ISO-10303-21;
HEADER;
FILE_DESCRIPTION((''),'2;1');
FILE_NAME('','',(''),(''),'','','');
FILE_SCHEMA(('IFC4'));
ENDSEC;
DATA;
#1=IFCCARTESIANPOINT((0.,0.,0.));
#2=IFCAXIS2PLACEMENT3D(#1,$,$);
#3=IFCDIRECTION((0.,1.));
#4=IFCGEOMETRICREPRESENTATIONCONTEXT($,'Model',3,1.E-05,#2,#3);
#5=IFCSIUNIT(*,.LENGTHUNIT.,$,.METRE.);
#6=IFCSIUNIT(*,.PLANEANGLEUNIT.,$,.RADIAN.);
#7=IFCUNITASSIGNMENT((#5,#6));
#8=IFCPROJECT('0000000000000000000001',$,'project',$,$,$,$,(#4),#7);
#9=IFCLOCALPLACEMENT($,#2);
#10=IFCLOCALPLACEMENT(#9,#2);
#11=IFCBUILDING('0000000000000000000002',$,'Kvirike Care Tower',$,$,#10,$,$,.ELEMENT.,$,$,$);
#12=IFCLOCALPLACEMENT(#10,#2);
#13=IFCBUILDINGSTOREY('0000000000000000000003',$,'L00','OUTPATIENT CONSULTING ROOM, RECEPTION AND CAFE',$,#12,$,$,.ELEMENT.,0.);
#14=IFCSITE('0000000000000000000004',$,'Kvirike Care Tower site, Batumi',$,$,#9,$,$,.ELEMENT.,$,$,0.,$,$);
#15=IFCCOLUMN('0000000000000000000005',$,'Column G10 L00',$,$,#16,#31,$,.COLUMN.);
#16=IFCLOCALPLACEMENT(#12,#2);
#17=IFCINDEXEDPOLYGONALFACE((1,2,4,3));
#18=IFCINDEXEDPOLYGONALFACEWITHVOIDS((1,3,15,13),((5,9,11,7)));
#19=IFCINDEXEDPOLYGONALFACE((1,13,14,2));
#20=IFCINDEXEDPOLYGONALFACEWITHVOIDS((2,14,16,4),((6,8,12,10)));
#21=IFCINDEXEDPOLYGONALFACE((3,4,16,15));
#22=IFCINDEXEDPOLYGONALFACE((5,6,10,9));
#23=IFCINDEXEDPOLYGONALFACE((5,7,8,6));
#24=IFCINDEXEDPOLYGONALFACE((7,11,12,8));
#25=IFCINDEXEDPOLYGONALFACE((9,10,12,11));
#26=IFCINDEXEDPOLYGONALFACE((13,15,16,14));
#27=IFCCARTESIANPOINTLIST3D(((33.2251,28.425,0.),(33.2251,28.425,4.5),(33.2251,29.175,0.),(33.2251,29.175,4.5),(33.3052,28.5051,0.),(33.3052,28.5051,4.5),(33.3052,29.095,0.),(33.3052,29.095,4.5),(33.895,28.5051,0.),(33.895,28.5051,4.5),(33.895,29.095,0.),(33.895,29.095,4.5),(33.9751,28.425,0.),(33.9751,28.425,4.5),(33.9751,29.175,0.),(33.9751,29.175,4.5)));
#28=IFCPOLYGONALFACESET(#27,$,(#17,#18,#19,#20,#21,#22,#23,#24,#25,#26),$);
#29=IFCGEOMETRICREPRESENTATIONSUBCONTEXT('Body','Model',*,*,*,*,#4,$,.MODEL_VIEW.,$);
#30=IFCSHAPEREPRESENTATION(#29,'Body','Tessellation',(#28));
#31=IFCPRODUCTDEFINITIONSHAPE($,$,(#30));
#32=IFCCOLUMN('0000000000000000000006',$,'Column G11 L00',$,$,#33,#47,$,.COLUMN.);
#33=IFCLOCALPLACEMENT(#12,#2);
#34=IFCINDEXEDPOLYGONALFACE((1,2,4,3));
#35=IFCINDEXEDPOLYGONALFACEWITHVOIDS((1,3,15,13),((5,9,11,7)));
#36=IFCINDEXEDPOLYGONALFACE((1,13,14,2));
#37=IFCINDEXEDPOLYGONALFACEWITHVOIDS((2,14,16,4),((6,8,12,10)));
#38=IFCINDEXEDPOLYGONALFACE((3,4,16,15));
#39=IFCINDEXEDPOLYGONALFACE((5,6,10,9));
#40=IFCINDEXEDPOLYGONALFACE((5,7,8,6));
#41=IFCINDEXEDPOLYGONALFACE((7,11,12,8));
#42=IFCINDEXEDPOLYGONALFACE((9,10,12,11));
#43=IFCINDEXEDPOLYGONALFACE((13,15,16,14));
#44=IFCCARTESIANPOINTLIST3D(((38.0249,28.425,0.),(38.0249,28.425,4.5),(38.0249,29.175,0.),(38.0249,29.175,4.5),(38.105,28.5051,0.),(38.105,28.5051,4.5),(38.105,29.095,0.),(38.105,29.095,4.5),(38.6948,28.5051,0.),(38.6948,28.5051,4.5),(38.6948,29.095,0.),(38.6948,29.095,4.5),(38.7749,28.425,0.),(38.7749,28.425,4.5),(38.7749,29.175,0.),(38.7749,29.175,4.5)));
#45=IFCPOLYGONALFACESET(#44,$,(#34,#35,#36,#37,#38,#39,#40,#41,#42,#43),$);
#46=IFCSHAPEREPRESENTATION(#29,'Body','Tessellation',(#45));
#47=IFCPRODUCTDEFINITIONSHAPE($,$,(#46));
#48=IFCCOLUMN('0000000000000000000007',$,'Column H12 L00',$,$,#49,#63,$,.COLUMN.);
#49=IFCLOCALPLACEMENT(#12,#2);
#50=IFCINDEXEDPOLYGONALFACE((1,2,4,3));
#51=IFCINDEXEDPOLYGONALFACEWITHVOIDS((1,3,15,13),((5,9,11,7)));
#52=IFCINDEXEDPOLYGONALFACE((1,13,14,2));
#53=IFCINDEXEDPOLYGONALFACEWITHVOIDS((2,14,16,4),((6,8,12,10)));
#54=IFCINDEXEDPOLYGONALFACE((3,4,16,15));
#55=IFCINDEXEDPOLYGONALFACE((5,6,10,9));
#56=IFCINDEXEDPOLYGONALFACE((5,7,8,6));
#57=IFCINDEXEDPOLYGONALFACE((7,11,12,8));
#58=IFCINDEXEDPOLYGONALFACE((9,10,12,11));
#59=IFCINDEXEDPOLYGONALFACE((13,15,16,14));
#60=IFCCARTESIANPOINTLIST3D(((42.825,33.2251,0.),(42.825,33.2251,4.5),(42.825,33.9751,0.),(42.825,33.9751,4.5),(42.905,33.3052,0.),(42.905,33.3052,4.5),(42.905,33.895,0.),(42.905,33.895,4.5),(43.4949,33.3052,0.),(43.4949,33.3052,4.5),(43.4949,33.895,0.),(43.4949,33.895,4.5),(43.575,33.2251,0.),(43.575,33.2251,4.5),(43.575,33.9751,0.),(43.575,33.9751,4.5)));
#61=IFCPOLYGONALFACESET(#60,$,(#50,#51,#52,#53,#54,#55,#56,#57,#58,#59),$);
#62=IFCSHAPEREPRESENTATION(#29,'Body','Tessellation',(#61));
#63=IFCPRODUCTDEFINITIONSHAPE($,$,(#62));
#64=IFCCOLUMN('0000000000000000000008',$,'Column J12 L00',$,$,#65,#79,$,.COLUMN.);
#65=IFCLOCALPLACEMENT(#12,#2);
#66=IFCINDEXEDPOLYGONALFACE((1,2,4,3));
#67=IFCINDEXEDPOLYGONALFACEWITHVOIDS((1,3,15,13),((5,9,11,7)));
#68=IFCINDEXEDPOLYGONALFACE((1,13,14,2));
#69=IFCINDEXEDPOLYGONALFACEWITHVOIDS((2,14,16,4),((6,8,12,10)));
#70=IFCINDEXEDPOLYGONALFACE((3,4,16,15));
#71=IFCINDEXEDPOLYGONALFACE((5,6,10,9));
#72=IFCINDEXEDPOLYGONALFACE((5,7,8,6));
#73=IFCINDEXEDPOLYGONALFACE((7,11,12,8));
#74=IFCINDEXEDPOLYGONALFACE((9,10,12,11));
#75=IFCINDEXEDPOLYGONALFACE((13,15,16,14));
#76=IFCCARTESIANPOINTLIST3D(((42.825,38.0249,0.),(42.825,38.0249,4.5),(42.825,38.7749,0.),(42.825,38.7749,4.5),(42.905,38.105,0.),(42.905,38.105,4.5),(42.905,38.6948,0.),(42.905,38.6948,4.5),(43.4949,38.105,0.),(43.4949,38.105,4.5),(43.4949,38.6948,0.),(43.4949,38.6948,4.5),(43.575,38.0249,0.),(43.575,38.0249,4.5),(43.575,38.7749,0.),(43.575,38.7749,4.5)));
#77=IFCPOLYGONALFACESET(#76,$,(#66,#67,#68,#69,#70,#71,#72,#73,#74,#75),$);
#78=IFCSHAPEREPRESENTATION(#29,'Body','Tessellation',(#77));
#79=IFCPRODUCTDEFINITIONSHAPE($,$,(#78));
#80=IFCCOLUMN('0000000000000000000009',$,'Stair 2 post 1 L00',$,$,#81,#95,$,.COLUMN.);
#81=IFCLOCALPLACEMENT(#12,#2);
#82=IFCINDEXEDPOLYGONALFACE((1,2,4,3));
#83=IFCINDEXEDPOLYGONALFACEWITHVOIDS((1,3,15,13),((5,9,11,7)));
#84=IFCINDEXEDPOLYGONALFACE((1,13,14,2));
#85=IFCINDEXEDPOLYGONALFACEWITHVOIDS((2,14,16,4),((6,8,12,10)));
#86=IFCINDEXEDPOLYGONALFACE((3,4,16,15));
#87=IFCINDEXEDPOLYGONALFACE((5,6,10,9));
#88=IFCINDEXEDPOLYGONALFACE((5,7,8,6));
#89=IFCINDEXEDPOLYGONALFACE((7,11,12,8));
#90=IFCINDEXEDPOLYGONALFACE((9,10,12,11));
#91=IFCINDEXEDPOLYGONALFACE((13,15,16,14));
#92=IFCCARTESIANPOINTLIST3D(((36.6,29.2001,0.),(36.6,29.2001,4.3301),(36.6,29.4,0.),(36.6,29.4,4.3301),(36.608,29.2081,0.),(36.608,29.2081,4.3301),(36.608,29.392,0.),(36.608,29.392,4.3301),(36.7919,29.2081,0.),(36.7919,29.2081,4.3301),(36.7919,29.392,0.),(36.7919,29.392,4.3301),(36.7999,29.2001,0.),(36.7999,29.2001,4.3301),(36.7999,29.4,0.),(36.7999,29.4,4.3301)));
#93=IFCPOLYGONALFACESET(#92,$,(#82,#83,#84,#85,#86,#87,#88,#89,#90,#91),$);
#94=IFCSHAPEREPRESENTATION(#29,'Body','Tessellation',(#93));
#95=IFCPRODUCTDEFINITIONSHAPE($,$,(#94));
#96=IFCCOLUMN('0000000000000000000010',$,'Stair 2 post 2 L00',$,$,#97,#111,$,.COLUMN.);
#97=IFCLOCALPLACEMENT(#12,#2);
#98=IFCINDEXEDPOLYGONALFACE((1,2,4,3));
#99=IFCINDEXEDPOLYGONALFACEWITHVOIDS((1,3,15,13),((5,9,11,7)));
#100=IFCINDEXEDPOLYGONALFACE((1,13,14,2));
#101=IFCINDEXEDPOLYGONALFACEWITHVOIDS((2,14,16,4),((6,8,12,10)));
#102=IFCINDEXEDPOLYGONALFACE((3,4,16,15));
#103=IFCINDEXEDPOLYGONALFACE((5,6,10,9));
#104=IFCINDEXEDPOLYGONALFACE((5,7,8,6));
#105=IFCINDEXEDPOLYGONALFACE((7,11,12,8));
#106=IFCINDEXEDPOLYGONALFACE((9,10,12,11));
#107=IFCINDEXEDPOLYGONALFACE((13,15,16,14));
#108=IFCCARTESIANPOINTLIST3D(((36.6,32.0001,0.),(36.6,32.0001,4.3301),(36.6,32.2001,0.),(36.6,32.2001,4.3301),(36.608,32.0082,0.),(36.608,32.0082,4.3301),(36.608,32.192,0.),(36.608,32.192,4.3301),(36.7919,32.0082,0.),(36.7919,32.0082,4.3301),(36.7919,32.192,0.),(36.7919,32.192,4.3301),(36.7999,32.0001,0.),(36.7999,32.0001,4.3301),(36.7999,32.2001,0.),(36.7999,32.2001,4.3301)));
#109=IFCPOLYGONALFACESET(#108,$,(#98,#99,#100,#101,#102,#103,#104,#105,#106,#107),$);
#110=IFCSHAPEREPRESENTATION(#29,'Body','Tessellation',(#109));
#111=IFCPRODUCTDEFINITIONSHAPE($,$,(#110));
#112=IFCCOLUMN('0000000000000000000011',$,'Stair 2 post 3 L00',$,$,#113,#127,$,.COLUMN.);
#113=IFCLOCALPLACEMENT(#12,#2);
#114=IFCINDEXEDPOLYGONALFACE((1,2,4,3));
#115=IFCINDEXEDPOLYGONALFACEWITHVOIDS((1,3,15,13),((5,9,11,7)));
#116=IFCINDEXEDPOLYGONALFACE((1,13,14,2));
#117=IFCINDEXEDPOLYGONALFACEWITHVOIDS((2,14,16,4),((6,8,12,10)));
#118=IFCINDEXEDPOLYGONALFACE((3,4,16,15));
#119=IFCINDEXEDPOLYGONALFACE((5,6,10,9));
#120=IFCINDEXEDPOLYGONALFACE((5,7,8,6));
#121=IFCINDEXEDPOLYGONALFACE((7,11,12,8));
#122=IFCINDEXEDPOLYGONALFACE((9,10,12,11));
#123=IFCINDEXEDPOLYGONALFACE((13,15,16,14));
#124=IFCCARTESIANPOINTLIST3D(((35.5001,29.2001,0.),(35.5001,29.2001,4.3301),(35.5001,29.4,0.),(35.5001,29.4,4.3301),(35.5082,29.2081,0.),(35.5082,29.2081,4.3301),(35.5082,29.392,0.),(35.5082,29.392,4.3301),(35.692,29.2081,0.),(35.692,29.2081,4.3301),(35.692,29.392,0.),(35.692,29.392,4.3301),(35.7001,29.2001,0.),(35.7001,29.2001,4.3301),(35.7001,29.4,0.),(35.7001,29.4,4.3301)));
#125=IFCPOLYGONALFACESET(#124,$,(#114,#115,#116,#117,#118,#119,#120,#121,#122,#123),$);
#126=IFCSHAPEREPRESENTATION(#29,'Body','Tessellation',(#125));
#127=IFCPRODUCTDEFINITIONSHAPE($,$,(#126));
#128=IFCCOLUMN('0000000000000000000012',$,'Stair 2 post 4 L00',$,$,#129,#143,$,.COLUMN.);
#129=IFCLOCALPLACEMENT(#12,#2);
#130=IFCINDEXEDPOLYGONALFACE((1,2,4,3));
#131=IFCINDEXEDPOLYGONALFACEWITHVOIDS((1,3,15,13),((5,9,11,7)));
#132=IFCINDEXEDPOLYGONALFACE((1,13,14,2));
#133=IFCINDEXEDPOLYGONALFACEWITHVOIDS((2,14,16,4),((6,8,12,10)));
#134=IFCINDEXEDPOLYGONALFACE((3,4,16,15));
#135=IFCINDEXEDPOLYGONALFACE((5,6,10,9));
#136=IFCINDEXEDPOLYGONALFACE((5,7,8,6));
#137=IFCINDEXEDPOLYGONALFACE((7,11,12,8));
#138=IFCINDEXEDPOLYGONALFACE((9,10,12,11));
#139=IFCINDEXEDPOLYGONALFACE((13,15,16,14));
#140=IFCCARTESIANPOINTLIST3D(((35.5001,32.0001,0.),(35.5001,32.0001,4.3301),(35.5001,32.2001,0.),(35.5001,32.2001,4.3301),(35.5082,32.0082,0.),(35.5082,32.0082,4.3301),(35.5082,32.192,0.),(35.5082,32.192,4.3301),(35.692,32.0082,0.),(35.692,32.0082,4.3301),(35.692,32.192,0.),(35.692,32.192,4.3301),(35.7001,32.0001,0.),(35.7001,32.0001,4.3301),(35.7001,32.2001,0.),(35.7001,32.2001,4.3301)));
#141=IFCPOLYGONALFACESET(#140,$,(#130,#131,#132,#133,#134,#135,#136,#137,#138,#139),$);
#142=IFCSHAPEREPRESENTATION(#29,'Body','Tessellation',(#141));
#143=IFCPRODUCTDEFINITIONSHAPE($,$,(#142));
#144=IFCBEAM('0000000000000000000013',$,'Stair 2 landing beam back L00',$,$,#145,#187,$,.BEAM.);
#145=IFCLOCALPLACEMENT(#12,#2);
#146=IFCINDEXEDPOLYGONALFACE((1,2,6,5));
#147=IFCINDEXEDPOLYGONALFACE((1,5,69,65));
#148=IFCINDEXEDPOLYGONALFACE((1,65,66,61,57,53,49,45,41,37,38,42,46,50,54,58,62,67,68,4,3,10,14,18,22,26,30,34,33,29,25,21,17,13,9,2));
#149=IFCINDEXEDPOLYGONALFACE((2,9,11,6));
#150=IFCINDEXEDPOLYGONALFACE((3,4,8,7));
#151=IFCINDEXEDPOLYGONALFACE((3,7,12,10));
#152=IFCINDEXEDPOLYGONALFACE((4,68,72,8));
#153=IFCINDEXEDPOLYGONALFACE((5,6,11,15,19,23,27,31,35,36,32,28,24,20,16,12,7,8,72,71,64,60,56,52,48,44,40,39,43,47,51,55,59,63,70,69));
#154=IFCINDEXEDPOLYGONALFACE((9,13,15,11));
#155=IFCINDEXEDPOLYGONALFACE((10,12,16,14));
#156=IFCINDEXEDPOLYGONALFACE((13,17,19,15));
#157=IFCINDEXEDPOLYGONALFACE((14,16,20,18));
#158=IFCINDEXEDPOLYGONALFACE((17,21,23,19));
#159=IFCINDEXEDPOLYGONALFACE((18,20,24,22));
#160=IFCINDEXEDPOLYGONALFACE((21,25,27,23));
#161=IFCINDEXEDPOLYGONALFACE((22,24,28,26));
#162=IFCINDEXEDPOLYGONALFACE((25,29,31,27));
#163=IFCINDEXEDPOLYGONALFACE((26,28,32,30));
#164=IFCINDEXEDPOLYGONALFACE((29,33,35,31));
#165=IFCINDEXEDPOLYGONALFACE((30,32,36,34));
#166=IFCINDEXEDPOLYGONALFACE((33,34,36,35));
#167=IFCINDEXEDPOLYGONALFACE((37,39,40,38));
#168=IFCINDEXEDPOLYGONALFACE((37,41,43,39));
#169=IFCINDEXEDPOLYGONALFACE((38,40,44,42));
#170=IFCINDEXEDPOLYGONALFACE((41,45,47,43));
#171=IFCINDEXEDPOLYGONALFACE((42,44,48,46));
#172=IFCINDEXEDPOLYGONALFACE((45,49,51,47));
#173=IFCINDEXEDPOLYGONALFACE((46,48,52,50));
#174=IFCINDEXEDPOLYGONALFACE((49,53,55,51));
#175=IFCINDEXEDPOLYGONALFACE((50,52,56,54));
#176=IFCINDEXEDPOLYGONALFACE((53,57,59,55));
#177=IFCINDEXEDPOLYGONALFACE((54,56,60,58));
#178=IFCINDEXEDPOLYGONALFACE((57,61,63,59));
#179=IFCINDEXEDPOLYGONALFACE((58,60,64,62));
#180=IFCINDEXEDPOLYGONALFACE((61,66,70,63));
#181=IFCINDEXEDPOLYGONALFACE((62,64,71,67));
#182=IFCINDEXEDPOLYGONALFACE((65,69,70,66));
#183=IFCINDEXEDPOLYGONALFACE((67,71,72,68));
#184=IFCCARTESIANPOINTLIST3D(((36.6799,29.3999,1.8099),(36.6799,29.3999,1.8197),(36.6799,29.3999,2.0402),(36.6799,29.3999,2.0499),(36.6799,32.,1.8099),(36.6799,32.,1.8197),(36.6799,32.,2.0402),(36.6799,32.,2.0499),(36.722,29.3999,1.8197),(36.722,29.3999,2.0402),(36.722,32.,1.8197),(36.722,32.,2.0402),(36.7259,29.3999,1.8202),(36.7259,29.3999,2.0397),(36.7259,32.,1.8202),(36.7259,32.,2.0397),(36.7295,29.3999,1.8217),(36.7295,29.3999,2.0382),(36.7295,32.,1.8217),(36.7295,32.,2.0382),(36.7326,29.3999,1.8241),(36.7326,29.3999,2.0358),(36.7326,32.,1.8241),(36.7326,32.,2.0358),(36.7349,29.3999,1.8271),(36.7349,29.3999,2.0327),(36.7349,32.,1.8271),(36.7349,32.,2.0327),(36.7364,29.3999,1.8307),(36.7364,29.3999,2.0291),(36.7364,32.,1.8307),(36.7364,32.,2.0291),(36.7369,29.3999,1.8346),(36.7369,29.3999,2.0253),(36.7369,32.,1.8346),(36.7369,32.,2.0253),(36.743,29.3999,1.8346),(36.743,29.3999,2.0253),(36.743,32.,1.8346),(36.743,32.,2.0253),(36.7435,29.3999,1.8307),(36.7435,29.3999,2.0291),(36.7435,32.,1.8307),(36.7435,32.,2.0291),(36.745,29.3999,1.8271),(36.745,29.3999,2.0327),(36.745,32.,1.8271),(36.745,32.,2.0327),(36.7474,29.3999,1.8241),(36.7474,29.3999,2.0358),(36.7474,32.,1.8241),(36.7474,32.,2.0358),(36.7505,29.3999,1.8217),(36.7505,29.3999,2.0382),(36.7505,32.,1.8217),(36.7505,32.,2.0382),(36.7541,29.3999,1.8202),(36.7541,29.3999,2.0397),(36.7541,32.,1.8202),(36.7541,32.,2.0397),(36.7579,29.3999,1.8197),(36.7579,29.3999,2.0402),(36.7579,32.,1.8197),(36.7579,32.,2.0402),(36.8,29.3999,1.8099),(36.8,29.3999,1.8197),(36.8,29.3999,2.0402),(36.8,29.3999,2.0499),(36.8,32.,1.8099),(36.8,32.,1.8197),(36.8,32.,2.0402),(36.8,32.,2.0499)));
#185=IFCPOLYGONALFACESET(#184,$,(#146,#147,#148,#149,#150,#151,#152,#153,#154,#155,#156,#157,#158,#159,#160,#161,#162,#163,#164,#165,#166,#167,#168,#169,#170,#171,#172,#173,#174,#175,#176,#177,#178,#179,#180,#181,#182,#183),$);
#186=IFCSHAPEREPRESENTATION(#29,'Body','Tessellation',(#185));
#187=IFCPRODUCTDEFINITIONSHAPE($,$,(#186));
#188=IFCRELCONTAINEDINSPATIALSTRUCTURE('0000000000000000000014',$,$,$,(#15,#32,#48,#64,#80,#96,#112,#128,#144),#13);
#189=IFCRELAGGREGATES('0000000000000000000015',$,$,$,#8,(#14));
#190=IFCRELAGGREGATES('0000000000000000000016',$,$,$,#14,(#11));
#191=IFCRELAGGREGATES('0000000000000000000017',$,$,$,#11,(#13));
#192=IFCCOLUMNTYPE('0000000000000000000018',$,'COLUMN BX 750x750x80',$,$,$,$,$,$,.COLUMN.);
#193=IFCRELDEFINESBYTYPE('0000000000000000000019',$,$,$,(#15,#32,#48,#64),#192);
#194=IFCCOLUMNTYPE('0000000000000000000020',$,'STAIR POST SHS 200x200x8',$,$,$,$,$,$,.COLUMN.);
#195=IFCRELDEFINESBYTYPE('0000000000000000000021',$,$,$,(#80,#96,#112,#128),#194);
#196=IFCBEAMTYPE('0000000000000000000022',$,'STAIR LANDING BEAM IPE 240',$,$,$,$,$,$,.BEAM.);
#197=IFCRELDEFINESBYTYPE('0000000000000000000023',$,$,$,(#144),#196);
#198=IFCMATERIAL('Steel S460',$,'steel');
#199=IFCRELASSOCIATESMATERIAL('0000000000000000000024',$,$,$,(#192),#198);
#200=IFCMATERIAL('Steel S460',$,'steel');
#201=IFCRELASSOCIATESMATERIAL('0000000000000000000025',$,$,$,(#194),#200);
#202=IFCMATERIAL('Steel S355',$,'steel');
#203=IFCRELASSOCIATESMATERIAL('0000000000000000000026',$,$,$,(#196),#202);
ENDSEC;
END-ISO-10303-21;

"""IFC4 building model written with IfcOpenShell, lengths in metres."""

from ifc_helpers import new_model, si_unit, direction, frame, origin, origin_2d, place, context, subcontext, project, spatial, hollow_rectangle, i_section, extrude, material, material_profile, profile_set, type_object, element, save


model = new_model("IFC4")

# Units and contexts
model_context = context("Model", 3, precision=1e-05, world=origin(), true_north=direction((0.0, 1.0)))
body_context = subcontext(model_context, "Body", "Model", "MODEL_VIEW")
ifc_project = project(units=[si_unit("LENGTHUNIT", "METRE"), si_unit("PLANEANGLEUNIT", "RADIAN")], contexts=[model_context])

# Site, building, storey
site_placement = place(None, origin())
site = spatial("IfcSite", under=ifc_project, at=site_placement, Name="Kvirike Care Tower site, Batumi", CompositionType="ELEMENT", RefElevation=0.0)
building_placement = place(site_placement, origin())
building = spatial("IfcBuilding", under=site, at=building_placement, Name="Kvirike Care Tower", CompositionType="ELEMENT")
storey_placement = place(building_placement, origin())
storey = spatial("IfcBuildingStorey", under=building, at=storey_placement, Name="L00", Description="OUTPATIENT CONSULTING ROOM, RECEPTION AND CAFE", CompositionType="ELEMENT", Elevation=0.0)

# Columns
ifc_material_1 = material(Name="Steel S460", Category="steel")
ifc_material_profile_1 = material_profile(ifc_material_1, hollow_rectangle(XDim=0.75, YDim=0.75, WallThickness=0.0801, at=origin_2d()), Name="BX 750x750x80")
ifc_profile_set_1 = profile_set([ifc_material_profile_1], Name="Steel S460")
column_type_1 = type_object("IfcColumnType", Name="COLUMN BX 750x750x80", PredefinedType="COLUMN", material=ifc_profile_set_1)
for number, where, z_axis, x_axis, name in (
    (1, (33.6001, 28.8, 0.0), (0.0, 0.0, 1.0), (0.0, 1.0, 0.0), "Column G10 L00"),
    (2, (38.3999, 28.8, 0.0), (0.0, 0.0, 1.0), (0.0, 1.0, 0.0), "Column G11 L00"),
    (3, (43.2, 33.6001, 0.0), (0.0, 0.0, 1.0), (1.0, 0.0, 0.0), "Column H12 L00"),
    (4, (43.2, 38.3999, 0.0), (0.0, 0.0, 1.0), (1.0, 0.0, 0.0), "Column J12 L00"),
):
    element("IfcColumn", number, at=place(storey_placement, frame(where, z_axis=z_axis, x_axis=x_axis)), inside=storey, type_object=column_type_1, Name=name, PredefinedType="COLUMN", context=body_context, shape_type="SweptSolid", body=[
        extrude(hollow_rectangle(XDim=0.75, YDim=0.75, WallThickness=0.0801, at=origin_2d()), origin(), (0.0, 0.0, 1.0), 4.5),
    ])
ifc_material_2 = material(Name="Steel S460", Category="steel")
ifc_material_profile_2 = material_profile(ifc_material_2, hollow_rectangle(XDim=0.2, YDim=0.2, WallThickness=0.0081, at=origin_2d()), Name="SHS 200x200x8")
ifc_profile_set_2 = profile_set([ifc_material_profile_2], Name="Steel S460")
column_type_2 = type_object("IfcColumnType", Name="STAIR POST SHS 200x200x8", PredefinedType="COLUMN", material=ifc_profile_set_2)
for number, where, z_axis, x_axis, name in (
    (5, (36.7, 29.3, 0.0), (0.0, 0.0, 1.0), (1.0, 0.0, 0.0), "Stair 2 post 1 L00"),
    (6, (36.7, 32.1001, 0.0), (0.0, 0.0, 1.0), (1.0, 0.0, 0.0), "Stair 2 post 2 L00"),
    (7, (35.6001, 29.3, 0.0), (0.0, 0.0, 1.0), (1.0, 0.0, 0.0), "Stair 2 post 3 L00"),
    (8, (35.6001, 32.1001, 0.0), (0.0, 0.0, 1.0), (1.0, 0.0, 0.0), "Stair 2 post 4 L00"),
):
    element("IfcColumn", number, at=place(storey_placement, frame(where, z_axis=z_axis, x_axis=x_axis)), inside=storey, type_object=column_type_2, Name=name, PredefinedType="COLUMN", context=body_context, shape_type="SweptSolid", body=[
        extrude(hollow_rectangle(XDim=0.2, YDim=0.2, WallThickness=0.0081, at=origin_2d()), origin(), (0.0, 0.0, 1.0), 4.3301),
    ])

# Beam
ifc_material_3 = material(Name="Steel S355", Category="steel")
ifc_material_profile_3 = material_profile(ifc_material_3, i_section(OverallWidth=0.1201, OverallDepth=0.24, WebThickness=0.0061, FlangeThickness=0.0098, FilletRadius=0.0149, at=origin_2d()), Name="IPE 240")
ifc_profile_set_3 = profile_set([ifc_material_profile_3], Name="Steel S355")
beam_type = type_object("IfcBeamType", Name="STAIR LANDING BEAM IPE 240", PredefinedType="BEAM", material=ifc_profile_set_3)
for number, where, z_axis, x_axis, name in (
    (9, (36.74, 29.3999, 1.9299), (0.0, 1.0, 0.0), (-1.0, 0.0, 0.0), "Stair 2 landing beam back L00"),
):
    element("IfcBeam", number, at=place(storey_placement, frame(where, z_axis=z_axis, x_axis=x_axis)), inside=storey, type_object=beam_type, Name=name, PredefinedType="BEAM", context=body_context, shape_type="SweptSolid", body=[
        extrude(i_section(OverallWidth=0.1201, OverallDepth=0.24, WebThickness=0.0061, FlangeThickness=0.0098, FilletRadius=0.0149, at=origin_2d()), origin(), (0.0, 0.0, 1.0), 2.6001),
    ])

save(model, "model.ifc")
